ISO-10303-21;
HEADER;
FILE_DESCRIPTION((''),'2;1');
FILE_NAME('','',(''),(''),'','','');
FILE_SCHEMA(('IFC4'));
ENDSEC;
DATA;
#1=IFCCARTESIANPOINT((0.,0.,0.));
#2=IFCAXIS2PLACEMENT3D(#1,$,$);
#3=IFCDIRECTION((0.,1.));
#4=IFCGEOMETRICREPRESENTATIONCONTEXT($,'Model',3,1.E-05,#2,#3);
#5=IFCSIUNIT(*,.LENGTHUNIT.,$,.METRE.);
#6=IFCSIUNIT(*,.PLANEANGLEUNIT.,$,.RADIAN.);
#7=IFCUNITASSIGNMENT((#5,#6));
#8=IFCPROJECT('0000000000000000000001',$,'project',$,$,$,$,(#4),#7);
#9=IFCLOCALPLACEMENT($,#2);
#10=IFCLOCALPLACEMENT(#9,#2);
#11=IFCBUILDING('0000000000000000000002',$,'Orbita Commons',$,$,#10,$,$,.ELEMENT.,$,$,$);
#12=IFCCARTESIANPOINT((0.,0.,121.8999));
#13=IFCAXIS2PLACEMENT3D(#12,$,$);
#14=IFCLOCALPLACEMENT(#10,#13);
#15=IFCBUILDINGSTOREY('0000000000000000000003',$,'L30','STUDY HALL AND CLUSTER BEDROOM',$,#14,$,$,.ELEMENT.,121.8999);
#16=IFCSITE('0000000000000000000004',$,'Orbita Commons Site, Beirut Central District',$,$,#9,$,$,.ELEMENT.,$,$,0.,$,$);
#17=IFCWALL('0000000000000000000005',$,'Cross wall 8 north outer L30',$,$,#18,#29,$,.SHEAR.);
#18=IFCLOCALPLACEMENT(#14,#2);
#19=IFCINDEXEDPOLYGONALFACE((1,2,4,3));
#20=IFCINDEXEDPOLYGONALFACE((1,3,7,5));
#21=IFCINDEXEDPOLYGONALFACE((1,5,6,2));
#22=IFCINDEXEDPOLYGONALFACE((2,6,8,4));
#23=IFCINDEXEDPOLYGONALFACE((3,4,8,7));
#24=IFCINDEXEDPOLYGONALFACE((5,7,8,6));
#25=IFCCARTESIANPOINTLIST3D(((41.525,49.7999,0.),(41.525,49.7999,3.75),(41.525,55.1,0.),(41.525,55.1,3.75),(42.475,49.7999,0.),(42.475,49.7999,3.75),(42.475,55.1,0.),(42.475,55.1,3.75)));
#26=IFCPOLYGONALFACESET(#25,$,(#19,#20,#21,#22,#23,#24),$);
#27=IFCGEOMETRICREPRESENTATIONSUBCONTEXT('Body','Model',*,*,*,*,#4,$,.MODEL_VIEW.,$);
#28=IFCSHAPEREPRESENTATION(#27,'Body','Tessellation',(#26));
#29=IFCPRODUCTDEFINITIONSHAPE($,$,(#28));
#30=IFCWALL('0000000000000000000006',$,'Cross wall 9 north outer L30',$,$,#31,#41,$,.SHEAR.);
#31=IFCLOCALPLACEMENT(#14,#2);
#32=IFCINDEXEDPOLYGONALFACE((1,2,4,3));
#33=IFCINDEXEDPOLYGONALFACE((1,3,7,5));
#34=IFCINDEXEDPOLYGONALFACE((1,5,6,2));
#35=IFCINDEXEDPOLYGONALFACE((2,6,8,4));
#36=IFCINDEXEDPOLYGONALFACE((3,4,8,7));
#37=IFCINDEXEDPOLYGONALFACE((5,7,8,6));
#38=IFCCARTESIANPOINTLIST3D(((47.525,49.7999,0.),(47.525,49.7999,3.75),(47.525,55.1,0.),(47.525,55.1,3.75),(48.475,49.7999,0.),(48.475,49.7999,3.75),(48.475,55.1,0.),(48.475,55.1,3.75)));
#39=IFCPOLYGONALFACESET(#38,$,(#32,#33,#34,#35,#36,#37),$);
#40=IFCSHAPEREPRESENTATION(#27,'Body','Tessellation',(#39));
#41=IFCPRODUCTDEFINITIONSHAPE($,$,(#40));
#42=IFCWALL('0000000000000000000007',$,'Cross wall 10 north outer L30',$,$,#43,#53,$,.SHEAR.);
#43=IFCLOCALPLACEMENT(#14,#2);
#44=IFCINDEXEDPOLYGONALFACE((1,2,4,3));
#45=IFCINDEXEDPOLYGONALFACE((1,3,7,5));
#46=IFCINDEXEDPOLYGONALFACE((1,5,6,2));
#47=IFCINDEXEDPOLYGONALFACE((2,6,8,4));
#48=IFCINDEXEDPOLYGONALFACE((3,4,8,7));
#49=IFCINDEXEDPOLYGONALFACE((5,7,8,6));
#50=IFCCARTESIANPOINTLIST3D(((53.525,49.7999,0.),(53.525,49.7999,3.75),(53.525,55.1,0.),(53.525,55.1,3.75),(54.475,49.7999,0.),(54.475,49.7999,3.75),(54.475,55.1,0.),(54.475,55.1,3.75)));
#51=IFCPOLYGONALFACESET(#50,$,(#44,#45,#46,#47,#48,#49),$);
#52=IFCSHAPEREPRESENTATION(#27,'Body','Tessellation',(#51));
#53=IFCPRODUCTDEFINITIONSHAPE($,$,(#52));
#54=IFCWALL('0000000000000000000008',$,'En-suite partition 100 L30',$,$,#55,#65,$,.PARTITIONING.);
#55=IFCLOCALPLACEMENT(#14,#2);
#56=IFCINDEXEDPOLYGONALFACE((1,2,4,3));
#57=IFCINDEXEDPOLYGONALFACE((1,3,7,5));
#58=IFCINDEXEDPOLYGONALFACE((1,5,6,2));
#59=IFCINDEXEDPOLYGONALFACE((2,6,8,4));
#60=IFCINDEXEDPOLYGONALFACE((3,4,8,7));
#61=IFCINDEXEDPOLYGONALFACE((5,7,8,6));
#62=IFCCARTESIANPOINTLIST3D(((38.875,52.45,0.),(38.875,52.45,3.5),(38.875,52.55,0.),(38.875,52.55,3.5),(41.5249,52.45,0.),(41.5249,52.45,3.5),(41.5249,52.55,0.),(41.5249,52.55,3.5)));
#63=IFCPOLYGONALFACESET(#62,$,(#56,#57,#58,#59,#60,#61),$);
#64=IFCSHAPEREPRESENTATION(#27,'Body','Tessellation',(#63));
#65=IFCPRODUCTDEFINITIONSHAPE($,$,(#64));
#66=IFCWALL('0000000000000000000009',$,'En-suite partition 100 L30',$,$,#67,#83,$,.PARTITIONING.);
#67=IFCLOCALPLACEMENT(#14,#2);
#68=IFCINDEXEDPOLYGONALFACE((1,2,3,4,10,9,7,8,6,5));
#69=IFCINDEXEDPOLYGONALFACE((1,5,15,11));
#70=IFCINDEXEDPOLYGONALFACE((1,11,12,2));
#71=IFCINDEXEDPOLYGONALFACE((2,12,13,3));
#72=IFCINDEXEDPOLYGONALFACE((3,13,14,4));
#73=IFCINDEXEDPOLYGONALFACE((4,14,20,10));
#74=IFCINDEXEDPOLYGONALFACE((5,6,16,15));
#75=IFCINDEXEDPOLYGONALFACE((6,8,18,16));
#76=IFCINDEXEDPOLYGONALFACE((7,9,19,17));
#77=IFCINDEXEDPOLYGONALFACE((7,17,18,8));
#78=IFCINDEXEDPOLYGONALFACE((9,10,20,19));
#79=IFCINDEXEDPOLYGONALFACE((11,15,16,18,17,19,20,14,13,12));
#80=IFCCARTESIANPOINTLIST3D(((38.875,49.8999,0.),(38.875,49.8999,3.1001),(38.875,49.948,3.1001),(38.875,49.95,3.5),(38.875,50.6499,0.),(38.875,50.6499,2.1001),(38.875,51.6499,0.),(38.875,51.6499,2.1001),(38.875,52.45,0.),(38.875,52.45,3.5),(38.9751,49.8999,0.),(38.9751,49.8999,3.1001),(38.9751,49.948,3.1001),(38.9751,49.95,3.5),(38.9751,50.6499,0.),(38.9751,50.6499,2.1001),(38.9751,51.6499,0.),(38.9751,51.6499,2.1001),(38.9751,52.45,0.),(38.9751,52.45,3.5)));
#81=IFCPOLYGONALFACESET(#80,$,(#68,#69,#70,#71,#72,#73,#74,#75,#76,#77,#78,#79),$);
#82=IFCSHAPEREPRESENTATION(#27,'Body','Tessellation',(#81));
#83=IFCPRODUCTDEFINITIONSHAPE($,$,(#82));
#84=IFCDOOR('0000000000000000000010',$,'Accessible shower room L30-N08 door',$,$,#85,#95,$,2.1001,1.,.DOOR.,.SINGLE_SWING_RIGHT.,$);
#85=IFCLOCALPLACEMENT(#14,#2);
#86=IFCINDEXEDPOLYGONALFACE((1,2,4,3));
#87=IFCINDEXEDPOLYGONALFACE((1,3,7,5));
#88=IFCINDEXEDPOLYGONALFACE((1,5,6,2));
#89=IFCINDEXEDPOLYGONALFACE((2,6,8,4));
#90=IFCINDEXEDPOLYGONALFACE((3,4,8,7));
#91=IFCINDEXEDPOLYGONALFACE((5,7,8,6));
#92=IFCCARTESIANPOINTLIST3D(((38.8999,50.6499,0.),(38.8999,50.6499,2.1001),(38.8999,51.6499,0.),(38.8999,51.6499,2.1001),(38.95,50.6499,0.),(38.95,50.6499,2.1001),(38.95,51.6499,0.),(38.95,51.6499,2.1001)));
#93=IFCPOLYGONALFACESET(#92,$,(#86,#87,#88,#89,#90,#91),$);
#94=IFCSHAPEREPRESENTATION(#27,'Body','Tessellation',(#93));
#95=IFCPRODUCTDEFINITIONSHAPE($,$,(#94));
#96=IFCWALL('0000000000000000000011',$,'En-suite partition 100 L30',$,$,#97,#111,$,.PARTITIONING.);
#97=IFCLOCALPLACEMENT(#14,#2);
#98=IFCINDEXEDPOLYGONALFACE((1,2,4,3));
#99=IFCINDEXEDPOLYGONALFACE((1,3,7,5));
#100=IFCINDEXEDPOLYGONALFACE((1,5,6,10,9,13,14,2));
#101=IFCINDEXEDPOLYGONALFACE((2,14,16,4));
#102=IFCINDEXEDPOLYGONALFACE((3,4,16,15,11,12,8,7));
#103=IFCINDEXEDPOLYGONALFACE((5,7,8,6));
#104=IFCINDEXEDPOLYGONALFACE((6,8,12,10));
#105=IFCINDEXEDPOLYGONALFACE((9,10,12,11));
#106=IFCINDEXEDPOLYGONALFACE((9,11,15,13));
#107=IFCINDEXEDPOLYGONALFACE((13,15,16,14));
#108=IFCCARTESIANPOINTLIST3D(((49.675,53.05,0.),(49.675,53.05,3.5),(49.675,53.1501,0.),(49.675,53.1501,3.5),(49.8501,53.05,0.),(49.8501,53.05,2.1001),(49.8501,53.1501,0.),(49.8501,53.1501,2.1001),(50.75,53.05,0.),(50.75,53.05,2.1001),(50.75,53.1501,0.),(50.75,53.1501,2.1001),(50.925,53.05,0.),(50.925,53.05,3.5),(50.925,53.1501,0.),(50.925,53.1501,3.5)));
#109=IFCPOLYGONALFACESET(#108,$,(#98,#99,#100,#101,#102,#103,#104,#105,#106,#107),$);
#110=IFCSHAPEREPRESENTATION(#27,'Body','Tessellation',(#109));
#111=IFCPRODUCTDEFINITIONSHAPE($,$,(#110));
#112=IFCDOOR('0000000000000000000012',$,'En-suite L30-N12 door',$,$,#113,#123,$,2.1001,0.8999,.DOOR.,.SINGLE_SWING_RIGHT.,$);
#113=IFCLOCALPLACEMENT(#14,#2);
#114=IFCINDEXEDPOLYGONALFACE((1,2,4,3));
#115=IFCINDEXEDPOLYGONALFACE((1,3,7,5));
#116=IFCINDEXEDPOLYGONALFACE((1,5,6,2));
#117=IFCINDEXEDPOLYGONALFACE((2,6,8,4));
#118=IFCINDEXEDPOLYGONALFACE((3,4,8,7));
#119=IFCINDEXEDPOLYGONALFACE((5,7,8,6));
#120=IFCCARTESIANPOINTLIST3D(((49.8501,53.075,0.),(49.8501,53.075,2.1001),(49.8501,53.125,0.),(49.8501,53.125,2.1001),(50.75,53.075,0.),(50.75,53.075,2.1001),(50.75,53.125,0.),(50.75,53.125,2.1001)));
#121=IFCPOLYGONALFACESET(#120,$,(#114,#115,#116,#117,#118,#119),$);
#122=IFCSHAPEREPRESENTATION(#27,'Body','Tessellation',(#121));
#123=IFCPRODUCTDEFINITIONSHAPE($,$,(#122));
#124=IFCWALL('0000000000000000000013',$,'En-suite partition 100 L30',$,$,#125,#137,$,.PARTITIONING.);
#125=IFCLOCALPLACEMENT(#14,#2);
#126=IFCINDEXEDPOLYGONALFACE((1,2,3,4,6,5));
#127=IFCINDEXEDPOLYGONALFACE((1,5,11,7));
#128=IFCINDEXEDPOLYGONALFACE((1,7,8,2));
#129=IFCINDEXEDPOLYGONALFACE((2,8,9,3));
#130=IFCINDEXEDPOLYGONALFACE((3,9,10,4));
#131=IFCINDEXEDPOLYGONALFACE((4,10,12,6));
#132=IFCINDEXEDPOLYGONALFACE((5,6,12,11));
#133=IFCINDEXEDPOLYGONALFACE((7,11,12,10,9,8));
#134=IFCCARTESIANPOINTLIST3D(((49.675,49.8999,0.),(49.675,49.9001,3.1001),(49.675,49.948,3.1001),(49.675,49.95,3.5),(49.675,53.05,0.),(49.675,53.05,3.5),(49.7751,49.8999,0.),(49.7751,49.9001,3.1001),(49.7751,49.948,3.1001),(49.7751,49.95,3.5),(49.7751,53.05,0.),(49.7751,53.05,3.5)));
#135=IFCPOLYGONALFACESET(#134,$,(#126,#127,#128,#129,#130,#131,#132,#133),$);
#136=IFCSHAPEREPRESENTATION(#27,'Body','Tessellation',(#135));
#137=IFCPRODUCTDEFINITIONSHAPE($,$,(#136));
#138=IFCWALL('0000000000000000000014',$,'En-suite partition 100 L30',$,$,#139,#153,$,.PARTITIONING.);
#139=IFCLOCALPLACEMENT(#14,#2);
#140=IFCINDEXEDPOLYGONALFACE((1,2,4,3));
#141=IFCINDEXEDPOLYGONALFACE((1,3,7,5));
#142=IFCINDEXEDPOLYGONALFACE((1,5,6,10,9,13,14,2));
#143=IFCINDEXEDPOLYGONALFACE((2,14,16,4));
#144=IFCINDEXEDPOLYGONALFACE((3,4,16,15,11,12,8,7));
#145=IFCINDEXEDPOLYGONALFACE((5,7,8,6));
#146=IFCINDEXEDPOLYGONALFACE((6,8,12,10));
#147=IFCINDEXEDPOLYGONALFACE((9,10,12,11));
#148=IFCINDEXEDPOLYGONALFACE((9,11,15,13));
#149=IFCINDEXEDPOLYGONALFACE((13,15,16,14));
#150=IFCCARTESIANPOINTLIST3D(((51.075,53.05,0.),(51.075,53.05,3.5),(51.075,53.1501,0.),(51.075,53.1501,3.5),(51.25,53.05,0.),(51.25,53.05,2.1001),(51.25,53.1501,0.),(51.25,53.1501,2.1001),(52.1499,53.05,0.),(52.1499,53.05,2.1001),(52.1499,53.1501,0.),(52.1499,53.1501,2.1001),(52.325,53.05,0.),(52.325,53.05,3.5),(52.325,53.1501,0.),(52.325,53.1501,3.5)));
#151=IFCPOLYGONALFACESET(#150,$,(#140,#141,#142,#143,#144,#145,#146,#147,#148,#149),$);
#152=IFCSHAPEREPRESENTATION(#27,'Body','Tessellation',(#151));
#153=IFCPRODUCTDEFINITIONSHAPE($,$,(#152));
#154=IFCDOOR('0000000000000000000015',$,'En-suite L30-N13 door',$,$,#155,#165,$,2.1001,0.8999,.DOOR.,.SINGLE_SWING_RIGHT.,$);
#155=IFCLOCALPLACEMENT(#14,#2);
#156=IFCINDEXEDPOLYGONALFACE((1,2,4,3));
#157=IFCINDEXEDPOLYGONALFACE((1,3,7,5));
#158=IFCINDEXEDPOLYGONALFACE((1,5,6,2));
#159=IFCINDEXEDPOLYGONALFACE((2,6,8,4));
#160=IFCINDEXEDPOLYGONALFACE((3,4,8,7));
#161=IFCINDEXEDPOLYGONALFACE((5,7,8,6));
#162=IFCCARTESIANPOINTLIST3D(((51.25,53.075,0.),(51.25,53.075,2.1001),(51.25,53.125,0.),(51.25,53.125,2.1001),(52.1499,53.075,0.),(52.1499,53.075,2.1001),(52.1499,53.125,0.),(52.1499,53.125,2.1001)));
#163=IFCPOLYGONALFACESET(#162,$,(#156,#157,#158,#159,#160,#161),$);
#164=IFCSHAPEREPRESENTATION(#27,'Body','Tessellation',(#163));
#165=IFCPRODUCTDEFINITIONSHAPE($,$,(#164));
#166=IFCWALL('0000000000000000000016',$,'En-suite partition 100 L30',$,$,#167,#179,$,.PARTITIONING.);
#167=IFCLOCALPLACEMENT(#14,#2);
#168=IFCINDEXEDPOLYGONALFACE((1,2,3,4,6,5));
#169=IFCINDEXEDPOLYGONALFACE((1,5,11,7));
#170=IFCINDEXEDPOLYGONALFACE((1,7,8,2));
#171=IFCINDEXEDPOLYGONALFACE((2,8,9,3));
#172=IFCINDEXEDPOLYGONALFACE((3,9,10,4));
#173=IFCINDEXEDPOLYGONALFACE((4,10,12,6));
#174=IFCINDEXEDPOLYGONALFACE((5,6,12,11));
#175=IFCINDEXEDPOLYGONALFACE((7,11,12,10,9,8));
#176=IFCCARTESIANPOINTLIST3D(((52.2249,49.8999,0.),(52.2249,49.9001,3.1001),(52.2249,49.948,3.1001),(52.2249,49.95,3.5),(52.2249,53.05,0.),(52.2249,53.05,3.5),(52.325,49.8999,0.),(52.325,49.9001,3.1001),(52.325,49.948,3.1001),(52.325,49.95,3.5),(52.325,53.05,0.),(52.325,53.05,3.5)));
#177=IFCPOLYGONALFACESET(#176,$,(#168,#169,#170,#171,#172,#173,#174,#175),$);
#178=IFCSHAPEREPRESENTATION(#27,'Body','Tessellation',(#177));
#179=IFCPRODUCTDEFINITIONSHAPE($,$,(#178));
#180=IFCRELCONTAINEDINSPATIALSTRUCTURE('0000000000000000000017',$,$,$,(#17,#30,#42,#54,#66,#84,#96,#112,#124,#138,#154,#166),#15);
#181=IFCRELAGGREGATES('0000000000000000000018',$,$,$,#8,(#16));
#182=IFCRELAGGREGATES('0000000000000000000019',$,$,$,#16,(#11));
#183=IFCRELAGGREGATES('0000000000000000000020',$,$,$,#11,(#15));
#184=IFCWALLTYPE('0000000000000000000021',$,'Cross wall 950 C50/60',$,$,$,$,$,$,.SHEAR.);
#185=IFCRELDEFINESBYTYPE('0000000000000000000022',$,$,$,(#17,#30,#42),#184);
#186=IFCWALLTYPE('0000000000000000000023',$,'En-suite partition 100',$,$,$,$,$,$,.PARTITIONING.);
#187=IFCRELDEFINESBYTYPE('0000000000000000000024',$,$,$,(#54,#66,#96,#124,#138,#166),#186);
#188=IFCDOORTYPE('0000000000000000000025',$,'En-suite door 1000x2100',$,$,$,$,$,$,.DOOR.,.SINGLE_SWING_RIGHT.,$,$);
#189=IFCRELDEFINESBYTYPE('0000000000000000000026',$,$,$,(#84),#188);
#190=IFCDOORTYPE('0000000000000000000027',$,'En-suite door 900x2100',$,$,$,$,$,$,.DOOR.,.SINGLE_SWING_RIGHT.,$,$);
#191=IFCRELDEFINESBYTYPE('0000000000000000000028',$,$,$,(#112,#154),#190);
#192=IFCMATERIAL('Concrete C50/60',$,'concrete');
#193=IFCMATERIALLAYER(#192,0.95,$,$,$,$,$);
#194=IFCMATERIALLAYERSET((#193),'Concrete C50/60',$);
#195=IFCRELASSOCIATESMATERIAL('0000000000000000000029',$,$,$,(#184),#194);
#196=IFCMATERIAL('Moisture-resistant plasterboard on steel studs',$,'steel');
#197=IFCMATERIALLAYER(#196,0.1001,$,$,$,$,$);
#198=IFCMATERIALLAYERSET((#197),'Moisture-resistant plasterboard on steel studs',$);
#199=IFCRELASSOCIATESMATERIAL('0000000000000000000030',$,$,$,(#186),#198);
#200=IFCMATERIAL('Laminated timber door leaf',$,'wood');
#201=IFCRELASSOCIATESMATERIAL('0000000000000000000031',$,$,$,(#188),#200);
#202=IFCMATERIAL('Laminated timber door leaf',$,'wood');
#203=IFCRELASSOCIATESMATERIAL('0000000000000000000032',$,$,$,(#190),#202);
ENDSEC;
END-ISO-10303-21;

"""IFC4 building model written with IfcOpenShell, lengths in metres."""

from ifc_helpers import new_model, si_unit, direction, frame, frame_2d, origin, place, context, subcontext, project, spatial, polyline, rectangle, outline, extrude, material, layer, layer_set, type_object, element, fill, save


model = new_model("IFC4")

# Units and contexts
model_context = context("Model", 3, precision=1e-05, world=origin(), true_north=direction((0.0, 1.0)))
body_context = subcontext(model_context, "Body", "Model", "MODEL_VIEW")
ifc_project = project(units=[si_unit("LENGTHUNIT", "METRE"), si_unit("PLANEANGLEUNIT", "RADIAN")], contexts=[model_context])

# Site, building, storey
site_placement = place(None, origin())
site = spatial("IfcSite", under=ifc_project, at=site_placement, Name="Orbita Commons Site, Beirut Central District", CompositionType="ELEMENT", RefElevation=0.0)
building_placement = place(site_placement, origin())
building = spatial("IfcBuilding", under=site, at=building_placement, Name="Orbita Commons", CompositionType="ELEMENT")
storey_placement = place(building_placement, frame((0.0, 0.0, 121.8999)))
storey = spatial("IfcBuildingStorey", under=building, at=storey_placement, Name="L30", Description="STUDY HALL AND CLUSTER BEDROOM", CompositionType="ELEMENT", Elevation=121.8999)

# Walls
ifc_material_1 = material(Name="Concrete C50/60", Category="concrete")
ifc_layer_1 = layer(ifc_material_1, 0.95)
ifc_layer_set_1 = layer_set([ifc_layer_1], Name="Concrete C50/60")
wall_type_1 = type_object("IfcWallType", Name="Cross wall 950 C50/60", PredefinedType="SHEAR", material=ifc_layer_set_1)
for number, where, z_axis, x_axis, name in (
    (1, (42.0, 49.8, 0.0), (0.0, 0.0, 1.0), (0.0, 1.0, 0.0), "Cross wall 8 north outer L30"),
    (2, (48.0, 49.8, 0.0), (0.0, 0.0, 1.0), (0.0, 1.0, 0.0), "Cross wall 9 north outer L30"),
    (3, (54.0, 49.8, 0.0), (0.0, 0.0, 1.0), (0.0, 1.0, 0.0), "Cross wall 10 north outer L30"),
):
    element("IfcWall", number, at=place(storey_placement, frame(where, z_axis=z_axis, x_axis=x_axis)), inside=storey, type_object=wall_type_1, Name=name, PredefinedType="SHEAR", context=body_context, shape_type="SweptSolid", body=[
        extrude(rectangle(XDim=5.3, YDim=0.95, at=frame_2d((2.6499, 0.0))), origin(), (0.0, 0.0, 1.0), 3.75),
    ])
ifc_material_2 = material(Name="Moisture-resistant plasterboard on steel studs", Category="steel")
ifc_layer_2 = layer(ifc_material_2, 0.1001)
ifc_layer_set_2 = layer_set([ifc_layer_2], Name="Moisture-resistant plasterboard on steel studs")
wall_type_2 = type_object("IfcWallType", Name="En-suite partition 100", PredefinedType="PARTITIONING", material=ifc_layer_set_2)
wall_1_placement = place(storey_placement, frame((38.875, 52.5, 0.0), z_axis=(0.0, 0.0, 1.0), x_axis=(1.0, 0.0, 0.0)))
element("IfcWall", 4, at=wall_1_placement, inside=storey, type_object=wall_type_2, Name="En-suite partition 100 L30", PredefinedType="PARTITIONING", context=body_context, shape_type="SweptSolid", body=[
    extrude(rectangle(XDim=2.6499, YDim=0.1001, at=frame_2d((1.325, 0.0))), origin(), (0.0, 0.0, 1.0), 3.5),
])

# Walls, openings, doors
wall_2_placement = place(storey_placement, frame((38.925, 52.45, 0.0), z_axis=(0.0, 0.0, 1.0), x_axis=(0.0, -1.0, 0.0)))
wall_2 = element("IfcWall", 5, at=wall_2_placement, inside=storey, type_object=wall_type_2, Name="En-suite partition 100 L30", PredefinedType="PARTITIONING", context=body_context, shape_type="SweptSolid", body=[
    extrude(outline(polyline([(0.0, 0.0), (2.55, 0.0), (2.55, 3.1001), (2.502, 3.1001), (2.5, 3.5), (0.0, 3.5), (0.0, 0.0)])), frame((0.0, 0.05, 0.0), z_axis=(0.0, -1.0, 0.0), x_axis=(1.0, 0.0, 0.0)), (0.0, 0.0, 1.0), 0.1001),
])
opening_1_placement = place(wall_2_placement, frame((0.8, 0.0, 0.0)))
opening_1 = element("IfcOpeningElement", 6, at=opening_1_placement, cuts=wall_2, PredefinedType="OPENING", context=body_context, shape_type="SweptSolid", body=[
    extrude(rectangle(XDim=1.0, YDim=2.1001, at=frame_2d((0.5, 1.05))), frame((0.0, 0.0601, 0.0), z_axis=(0.0, -1.0, 0.0), x_axis=(1.0, 0.0, 0.0)), (0.0, 0.0, 1.0), 0.1201),
])
ifc_material_3 = material(Name="Laminated timber door leaf", Category="wood")
door_type_1 = type_object("IfcDoorType", Name="En-suite door 1000x2100", OperationType="SINGLE_SWING_RIGHT", PredefinedType="DOOR", material=ifc_material_3)
door_1_placement = place(opening_1_placement, origin())
door_1 = element("IfcDoor", 7, at=door_1_placement, inside=storey, type_object=door_type_1, Name="Accessible shower room L30-N08 door", OperationType="SINGLE_SWING_RIGHT", OverallHeight=2.1001, OverallWidth=1.0, PredefinedType="DOOR", context=body_context, shape_type="SweptSolid", body=[
    extrude(rectangle(XDim=1.0, YDim=2.1001, at=frame_2d((0.5, 1.05))), frame((0.0, 0.0249, 0.0), z_axis=(0.0, -1.0, 0.0), x_axis=(1.0, 0.0, 0.0)), (0.0, 0.0, 1.0), 0.05),
])
fill(opening_1, door_1)
wall_3_placement = place(storey_placement, frame((49.675, 53.1001, 0.0), z_axis=(0.0, 0.0, 1.0), x_axis=(1.0, 0.0, 0.0)))
wall_3 = element("IfcWall", 8, at=wall_3_placement, inside=storey, type_object=wall_type_2, Name="En-suite partition 100 L30", PredefinedType="PARTITIONING", context=body_context, shape_type="SweptSolid", body=[
    extrude(rectangle(XDim=1.25, YDim=0.1001, at=frame_2d((0.625, 0.0))), origin(), (0.0, 0.0, 1.0), 3.5),
])
opening_2_placement = place(wall_3_placement, frame((0.175, 0.0, 0.0)))
opening_2 = element("IfcOpeningElement", 9, at=opening_2_placement, cuts=wall_3, PredefinedType="OPENING", context=body_context, shape_type="SweptSolid", body=[
    extrude(rectangle(XDim=0.8999, YDim=2.1001, at=frame_2d((0.45, 1.05))), frame((0.0, 0.0601, 0.0), z_axis=(0.0, -1.0, 0.0), x_axis=(1.0, 0.0, 0.0)), (0.0, 0.0, 1.0), 0.1201),
])
ifc_material_4 = material(Name="Laminated timber door leaf", Category="wood")
door_type_2 = type_object("IfcDoorType", Name="En-suite door 900x2100", OperationType="SINGLE_SWING_RIGHT", PredefinedType="DOOR", material=ifc_material_4)
door_2_placement = place(opening_2_placement, origin())
door_2 = element("IfcDoor", 10, at=door_2_placement, inside=storey, type_object=door_type_2, Name="En-suite L30-N12 door", OperationType="SINGLE_SWING_RIGHT", OverallHeight=2.1001, OverallWidth=0.8999, PredefinedType="DOOR", context=body_context, shape_type="SweptSolid", body=[
    extrude(rectangle(XDim=0.8999, YDim=2.1001, at=frame_2d((0.45, 1.05))), frame((0.0, 0.0249, 0.0), z_axis=(0.0, -1.0, 0.0), x_axis=(1.0, 0.0, 0.0)), (0.0, 0.0, 1.0), 0.05),
])
fill(opening_2, door_2)

# Wall
wall_4_placement = place(storey_placement, frame((49.7251, 53.05, 0.0), z_axis=(0.0, 0.0, 1.0), x_axis=(0.0, -1.0, 0.0)))
element("IfcWall", 11, at=wall_4_placement, inside=storey, type_object=wall_type_2, Name="En-suite partition 100 L30", PredefinedType="PARTITIONING", context=body_context, shape_type="SweptSolid", body=[
    extrude(outline(polyline([(0.0, 0.0), (3.1501, 0.0), (3.1499, 3.1001), (3.1021, 3.1001), (3.1001, 3.5), (0.0, 3.5), (0.0, 0.0)])), frame((0.0, 0.05, 0.0), z_axis=(0.0, -1.0, 0.0), x_axis=(1.0, 0.0, 0.0)), (0.0, 0.0, 1.0), 0.1001),
])

# Wall, opening, door
wall_5_placement = place(storey_placement, frame((51.075, 53.1001, 0.0), z_axis=(0.0, 0.0, 1.0), x_axis=(1.0, 0.0, 0.0)))
wall_5 = element("IfcWall", 12, at=wall_5_placement, inside=storey, type_object=wall_type_2, Name="En-suite partition 100 L30", PredefinedType="PARTITIONING", context=body_context, shape_type="SweptSolid", body=[
    extrude(rectangle(XDim=1.25, YDim=0.1001, at=frame_2d((0.625, 0.0))), origin(), (0.0, 0.0, 1.0), 3.5),
])
opening_3_placement = place(wall_5_placement, frame((0.175, 0.0, 0.0)))
opening_3 = element("IfcOpeningElement", 13, at=opening_3_placement, cuts=wall_5, PredefinedType="OPENING", context=body_context, shape_type="SweptSolid", body=[
    extrude(rectangle(XDim=0.8999, YDim=2.1001, at=frame_2d((0.45, 1.05))), frame((0.0, 0.0601, 0.0), z_axis=(0.0, -1.0, 0.0), x_axis=(1.0, 0.0, 0.0)), (0.0, 0.0, 1.0), 0.1201),
])
door_3_placement = place(opening_3_placement, origin())
door_3 = element("IfcDoor", 14, at=door_3_placement, inside=storey, type_object=door_type_2, Name="En-suite L30-N13 door", OperationType="SINGLE_SWING_RIGHT", OverallHeight=2.1001, OverallWidth=0.8999, PredefinedType="DOOR", context=body_context, shape_type="SweptSolid", body=[
    extrude(rectangle(XDim=0.8999, YDim=2.1001, at=frame_2d((0.45, 1.05))), frame((0.0, 0.0249, 0.0), z_axis=(0.0, -1.0, 0.0), x_axis=(1.0, 0.0, 0.0)), (0.0, 0.0, 1.0), 0.05),
])
fill(opening_3, door_3)

# Wall
wall_6_placement = place(storey_placement, frame((52.2749, 53.05, 0.0), z_axis=(0.0, 0.0, 1.0), x_axis=(0.0, -1.0, 0.0)))
element("IfcWall", 15, at=wall_6_placement, inside=storey, type_object=wall_type_2, Name="En-suite partition 100 L30", PredefinedType="PARTITIONING", context=body_context, shape_type="SweptSolid", body=[
    extrude(outline(polyline([(0.0, 0.0), (3.1501, 0.0), (3.1499, 3.1001), (3.1021, 3.1001), (3.1001, 3.5), (0.0, 3.5), (0.0, 0.0)])), frame((0.0, 0.05, 0.0), z_axis=(0.0, -1.0, 0.0), x_axis=(1.0, 0.0, 0.0)), (0.0, 0.0, 1.0), 0.1001),
])

save(model, "model.ifc")
